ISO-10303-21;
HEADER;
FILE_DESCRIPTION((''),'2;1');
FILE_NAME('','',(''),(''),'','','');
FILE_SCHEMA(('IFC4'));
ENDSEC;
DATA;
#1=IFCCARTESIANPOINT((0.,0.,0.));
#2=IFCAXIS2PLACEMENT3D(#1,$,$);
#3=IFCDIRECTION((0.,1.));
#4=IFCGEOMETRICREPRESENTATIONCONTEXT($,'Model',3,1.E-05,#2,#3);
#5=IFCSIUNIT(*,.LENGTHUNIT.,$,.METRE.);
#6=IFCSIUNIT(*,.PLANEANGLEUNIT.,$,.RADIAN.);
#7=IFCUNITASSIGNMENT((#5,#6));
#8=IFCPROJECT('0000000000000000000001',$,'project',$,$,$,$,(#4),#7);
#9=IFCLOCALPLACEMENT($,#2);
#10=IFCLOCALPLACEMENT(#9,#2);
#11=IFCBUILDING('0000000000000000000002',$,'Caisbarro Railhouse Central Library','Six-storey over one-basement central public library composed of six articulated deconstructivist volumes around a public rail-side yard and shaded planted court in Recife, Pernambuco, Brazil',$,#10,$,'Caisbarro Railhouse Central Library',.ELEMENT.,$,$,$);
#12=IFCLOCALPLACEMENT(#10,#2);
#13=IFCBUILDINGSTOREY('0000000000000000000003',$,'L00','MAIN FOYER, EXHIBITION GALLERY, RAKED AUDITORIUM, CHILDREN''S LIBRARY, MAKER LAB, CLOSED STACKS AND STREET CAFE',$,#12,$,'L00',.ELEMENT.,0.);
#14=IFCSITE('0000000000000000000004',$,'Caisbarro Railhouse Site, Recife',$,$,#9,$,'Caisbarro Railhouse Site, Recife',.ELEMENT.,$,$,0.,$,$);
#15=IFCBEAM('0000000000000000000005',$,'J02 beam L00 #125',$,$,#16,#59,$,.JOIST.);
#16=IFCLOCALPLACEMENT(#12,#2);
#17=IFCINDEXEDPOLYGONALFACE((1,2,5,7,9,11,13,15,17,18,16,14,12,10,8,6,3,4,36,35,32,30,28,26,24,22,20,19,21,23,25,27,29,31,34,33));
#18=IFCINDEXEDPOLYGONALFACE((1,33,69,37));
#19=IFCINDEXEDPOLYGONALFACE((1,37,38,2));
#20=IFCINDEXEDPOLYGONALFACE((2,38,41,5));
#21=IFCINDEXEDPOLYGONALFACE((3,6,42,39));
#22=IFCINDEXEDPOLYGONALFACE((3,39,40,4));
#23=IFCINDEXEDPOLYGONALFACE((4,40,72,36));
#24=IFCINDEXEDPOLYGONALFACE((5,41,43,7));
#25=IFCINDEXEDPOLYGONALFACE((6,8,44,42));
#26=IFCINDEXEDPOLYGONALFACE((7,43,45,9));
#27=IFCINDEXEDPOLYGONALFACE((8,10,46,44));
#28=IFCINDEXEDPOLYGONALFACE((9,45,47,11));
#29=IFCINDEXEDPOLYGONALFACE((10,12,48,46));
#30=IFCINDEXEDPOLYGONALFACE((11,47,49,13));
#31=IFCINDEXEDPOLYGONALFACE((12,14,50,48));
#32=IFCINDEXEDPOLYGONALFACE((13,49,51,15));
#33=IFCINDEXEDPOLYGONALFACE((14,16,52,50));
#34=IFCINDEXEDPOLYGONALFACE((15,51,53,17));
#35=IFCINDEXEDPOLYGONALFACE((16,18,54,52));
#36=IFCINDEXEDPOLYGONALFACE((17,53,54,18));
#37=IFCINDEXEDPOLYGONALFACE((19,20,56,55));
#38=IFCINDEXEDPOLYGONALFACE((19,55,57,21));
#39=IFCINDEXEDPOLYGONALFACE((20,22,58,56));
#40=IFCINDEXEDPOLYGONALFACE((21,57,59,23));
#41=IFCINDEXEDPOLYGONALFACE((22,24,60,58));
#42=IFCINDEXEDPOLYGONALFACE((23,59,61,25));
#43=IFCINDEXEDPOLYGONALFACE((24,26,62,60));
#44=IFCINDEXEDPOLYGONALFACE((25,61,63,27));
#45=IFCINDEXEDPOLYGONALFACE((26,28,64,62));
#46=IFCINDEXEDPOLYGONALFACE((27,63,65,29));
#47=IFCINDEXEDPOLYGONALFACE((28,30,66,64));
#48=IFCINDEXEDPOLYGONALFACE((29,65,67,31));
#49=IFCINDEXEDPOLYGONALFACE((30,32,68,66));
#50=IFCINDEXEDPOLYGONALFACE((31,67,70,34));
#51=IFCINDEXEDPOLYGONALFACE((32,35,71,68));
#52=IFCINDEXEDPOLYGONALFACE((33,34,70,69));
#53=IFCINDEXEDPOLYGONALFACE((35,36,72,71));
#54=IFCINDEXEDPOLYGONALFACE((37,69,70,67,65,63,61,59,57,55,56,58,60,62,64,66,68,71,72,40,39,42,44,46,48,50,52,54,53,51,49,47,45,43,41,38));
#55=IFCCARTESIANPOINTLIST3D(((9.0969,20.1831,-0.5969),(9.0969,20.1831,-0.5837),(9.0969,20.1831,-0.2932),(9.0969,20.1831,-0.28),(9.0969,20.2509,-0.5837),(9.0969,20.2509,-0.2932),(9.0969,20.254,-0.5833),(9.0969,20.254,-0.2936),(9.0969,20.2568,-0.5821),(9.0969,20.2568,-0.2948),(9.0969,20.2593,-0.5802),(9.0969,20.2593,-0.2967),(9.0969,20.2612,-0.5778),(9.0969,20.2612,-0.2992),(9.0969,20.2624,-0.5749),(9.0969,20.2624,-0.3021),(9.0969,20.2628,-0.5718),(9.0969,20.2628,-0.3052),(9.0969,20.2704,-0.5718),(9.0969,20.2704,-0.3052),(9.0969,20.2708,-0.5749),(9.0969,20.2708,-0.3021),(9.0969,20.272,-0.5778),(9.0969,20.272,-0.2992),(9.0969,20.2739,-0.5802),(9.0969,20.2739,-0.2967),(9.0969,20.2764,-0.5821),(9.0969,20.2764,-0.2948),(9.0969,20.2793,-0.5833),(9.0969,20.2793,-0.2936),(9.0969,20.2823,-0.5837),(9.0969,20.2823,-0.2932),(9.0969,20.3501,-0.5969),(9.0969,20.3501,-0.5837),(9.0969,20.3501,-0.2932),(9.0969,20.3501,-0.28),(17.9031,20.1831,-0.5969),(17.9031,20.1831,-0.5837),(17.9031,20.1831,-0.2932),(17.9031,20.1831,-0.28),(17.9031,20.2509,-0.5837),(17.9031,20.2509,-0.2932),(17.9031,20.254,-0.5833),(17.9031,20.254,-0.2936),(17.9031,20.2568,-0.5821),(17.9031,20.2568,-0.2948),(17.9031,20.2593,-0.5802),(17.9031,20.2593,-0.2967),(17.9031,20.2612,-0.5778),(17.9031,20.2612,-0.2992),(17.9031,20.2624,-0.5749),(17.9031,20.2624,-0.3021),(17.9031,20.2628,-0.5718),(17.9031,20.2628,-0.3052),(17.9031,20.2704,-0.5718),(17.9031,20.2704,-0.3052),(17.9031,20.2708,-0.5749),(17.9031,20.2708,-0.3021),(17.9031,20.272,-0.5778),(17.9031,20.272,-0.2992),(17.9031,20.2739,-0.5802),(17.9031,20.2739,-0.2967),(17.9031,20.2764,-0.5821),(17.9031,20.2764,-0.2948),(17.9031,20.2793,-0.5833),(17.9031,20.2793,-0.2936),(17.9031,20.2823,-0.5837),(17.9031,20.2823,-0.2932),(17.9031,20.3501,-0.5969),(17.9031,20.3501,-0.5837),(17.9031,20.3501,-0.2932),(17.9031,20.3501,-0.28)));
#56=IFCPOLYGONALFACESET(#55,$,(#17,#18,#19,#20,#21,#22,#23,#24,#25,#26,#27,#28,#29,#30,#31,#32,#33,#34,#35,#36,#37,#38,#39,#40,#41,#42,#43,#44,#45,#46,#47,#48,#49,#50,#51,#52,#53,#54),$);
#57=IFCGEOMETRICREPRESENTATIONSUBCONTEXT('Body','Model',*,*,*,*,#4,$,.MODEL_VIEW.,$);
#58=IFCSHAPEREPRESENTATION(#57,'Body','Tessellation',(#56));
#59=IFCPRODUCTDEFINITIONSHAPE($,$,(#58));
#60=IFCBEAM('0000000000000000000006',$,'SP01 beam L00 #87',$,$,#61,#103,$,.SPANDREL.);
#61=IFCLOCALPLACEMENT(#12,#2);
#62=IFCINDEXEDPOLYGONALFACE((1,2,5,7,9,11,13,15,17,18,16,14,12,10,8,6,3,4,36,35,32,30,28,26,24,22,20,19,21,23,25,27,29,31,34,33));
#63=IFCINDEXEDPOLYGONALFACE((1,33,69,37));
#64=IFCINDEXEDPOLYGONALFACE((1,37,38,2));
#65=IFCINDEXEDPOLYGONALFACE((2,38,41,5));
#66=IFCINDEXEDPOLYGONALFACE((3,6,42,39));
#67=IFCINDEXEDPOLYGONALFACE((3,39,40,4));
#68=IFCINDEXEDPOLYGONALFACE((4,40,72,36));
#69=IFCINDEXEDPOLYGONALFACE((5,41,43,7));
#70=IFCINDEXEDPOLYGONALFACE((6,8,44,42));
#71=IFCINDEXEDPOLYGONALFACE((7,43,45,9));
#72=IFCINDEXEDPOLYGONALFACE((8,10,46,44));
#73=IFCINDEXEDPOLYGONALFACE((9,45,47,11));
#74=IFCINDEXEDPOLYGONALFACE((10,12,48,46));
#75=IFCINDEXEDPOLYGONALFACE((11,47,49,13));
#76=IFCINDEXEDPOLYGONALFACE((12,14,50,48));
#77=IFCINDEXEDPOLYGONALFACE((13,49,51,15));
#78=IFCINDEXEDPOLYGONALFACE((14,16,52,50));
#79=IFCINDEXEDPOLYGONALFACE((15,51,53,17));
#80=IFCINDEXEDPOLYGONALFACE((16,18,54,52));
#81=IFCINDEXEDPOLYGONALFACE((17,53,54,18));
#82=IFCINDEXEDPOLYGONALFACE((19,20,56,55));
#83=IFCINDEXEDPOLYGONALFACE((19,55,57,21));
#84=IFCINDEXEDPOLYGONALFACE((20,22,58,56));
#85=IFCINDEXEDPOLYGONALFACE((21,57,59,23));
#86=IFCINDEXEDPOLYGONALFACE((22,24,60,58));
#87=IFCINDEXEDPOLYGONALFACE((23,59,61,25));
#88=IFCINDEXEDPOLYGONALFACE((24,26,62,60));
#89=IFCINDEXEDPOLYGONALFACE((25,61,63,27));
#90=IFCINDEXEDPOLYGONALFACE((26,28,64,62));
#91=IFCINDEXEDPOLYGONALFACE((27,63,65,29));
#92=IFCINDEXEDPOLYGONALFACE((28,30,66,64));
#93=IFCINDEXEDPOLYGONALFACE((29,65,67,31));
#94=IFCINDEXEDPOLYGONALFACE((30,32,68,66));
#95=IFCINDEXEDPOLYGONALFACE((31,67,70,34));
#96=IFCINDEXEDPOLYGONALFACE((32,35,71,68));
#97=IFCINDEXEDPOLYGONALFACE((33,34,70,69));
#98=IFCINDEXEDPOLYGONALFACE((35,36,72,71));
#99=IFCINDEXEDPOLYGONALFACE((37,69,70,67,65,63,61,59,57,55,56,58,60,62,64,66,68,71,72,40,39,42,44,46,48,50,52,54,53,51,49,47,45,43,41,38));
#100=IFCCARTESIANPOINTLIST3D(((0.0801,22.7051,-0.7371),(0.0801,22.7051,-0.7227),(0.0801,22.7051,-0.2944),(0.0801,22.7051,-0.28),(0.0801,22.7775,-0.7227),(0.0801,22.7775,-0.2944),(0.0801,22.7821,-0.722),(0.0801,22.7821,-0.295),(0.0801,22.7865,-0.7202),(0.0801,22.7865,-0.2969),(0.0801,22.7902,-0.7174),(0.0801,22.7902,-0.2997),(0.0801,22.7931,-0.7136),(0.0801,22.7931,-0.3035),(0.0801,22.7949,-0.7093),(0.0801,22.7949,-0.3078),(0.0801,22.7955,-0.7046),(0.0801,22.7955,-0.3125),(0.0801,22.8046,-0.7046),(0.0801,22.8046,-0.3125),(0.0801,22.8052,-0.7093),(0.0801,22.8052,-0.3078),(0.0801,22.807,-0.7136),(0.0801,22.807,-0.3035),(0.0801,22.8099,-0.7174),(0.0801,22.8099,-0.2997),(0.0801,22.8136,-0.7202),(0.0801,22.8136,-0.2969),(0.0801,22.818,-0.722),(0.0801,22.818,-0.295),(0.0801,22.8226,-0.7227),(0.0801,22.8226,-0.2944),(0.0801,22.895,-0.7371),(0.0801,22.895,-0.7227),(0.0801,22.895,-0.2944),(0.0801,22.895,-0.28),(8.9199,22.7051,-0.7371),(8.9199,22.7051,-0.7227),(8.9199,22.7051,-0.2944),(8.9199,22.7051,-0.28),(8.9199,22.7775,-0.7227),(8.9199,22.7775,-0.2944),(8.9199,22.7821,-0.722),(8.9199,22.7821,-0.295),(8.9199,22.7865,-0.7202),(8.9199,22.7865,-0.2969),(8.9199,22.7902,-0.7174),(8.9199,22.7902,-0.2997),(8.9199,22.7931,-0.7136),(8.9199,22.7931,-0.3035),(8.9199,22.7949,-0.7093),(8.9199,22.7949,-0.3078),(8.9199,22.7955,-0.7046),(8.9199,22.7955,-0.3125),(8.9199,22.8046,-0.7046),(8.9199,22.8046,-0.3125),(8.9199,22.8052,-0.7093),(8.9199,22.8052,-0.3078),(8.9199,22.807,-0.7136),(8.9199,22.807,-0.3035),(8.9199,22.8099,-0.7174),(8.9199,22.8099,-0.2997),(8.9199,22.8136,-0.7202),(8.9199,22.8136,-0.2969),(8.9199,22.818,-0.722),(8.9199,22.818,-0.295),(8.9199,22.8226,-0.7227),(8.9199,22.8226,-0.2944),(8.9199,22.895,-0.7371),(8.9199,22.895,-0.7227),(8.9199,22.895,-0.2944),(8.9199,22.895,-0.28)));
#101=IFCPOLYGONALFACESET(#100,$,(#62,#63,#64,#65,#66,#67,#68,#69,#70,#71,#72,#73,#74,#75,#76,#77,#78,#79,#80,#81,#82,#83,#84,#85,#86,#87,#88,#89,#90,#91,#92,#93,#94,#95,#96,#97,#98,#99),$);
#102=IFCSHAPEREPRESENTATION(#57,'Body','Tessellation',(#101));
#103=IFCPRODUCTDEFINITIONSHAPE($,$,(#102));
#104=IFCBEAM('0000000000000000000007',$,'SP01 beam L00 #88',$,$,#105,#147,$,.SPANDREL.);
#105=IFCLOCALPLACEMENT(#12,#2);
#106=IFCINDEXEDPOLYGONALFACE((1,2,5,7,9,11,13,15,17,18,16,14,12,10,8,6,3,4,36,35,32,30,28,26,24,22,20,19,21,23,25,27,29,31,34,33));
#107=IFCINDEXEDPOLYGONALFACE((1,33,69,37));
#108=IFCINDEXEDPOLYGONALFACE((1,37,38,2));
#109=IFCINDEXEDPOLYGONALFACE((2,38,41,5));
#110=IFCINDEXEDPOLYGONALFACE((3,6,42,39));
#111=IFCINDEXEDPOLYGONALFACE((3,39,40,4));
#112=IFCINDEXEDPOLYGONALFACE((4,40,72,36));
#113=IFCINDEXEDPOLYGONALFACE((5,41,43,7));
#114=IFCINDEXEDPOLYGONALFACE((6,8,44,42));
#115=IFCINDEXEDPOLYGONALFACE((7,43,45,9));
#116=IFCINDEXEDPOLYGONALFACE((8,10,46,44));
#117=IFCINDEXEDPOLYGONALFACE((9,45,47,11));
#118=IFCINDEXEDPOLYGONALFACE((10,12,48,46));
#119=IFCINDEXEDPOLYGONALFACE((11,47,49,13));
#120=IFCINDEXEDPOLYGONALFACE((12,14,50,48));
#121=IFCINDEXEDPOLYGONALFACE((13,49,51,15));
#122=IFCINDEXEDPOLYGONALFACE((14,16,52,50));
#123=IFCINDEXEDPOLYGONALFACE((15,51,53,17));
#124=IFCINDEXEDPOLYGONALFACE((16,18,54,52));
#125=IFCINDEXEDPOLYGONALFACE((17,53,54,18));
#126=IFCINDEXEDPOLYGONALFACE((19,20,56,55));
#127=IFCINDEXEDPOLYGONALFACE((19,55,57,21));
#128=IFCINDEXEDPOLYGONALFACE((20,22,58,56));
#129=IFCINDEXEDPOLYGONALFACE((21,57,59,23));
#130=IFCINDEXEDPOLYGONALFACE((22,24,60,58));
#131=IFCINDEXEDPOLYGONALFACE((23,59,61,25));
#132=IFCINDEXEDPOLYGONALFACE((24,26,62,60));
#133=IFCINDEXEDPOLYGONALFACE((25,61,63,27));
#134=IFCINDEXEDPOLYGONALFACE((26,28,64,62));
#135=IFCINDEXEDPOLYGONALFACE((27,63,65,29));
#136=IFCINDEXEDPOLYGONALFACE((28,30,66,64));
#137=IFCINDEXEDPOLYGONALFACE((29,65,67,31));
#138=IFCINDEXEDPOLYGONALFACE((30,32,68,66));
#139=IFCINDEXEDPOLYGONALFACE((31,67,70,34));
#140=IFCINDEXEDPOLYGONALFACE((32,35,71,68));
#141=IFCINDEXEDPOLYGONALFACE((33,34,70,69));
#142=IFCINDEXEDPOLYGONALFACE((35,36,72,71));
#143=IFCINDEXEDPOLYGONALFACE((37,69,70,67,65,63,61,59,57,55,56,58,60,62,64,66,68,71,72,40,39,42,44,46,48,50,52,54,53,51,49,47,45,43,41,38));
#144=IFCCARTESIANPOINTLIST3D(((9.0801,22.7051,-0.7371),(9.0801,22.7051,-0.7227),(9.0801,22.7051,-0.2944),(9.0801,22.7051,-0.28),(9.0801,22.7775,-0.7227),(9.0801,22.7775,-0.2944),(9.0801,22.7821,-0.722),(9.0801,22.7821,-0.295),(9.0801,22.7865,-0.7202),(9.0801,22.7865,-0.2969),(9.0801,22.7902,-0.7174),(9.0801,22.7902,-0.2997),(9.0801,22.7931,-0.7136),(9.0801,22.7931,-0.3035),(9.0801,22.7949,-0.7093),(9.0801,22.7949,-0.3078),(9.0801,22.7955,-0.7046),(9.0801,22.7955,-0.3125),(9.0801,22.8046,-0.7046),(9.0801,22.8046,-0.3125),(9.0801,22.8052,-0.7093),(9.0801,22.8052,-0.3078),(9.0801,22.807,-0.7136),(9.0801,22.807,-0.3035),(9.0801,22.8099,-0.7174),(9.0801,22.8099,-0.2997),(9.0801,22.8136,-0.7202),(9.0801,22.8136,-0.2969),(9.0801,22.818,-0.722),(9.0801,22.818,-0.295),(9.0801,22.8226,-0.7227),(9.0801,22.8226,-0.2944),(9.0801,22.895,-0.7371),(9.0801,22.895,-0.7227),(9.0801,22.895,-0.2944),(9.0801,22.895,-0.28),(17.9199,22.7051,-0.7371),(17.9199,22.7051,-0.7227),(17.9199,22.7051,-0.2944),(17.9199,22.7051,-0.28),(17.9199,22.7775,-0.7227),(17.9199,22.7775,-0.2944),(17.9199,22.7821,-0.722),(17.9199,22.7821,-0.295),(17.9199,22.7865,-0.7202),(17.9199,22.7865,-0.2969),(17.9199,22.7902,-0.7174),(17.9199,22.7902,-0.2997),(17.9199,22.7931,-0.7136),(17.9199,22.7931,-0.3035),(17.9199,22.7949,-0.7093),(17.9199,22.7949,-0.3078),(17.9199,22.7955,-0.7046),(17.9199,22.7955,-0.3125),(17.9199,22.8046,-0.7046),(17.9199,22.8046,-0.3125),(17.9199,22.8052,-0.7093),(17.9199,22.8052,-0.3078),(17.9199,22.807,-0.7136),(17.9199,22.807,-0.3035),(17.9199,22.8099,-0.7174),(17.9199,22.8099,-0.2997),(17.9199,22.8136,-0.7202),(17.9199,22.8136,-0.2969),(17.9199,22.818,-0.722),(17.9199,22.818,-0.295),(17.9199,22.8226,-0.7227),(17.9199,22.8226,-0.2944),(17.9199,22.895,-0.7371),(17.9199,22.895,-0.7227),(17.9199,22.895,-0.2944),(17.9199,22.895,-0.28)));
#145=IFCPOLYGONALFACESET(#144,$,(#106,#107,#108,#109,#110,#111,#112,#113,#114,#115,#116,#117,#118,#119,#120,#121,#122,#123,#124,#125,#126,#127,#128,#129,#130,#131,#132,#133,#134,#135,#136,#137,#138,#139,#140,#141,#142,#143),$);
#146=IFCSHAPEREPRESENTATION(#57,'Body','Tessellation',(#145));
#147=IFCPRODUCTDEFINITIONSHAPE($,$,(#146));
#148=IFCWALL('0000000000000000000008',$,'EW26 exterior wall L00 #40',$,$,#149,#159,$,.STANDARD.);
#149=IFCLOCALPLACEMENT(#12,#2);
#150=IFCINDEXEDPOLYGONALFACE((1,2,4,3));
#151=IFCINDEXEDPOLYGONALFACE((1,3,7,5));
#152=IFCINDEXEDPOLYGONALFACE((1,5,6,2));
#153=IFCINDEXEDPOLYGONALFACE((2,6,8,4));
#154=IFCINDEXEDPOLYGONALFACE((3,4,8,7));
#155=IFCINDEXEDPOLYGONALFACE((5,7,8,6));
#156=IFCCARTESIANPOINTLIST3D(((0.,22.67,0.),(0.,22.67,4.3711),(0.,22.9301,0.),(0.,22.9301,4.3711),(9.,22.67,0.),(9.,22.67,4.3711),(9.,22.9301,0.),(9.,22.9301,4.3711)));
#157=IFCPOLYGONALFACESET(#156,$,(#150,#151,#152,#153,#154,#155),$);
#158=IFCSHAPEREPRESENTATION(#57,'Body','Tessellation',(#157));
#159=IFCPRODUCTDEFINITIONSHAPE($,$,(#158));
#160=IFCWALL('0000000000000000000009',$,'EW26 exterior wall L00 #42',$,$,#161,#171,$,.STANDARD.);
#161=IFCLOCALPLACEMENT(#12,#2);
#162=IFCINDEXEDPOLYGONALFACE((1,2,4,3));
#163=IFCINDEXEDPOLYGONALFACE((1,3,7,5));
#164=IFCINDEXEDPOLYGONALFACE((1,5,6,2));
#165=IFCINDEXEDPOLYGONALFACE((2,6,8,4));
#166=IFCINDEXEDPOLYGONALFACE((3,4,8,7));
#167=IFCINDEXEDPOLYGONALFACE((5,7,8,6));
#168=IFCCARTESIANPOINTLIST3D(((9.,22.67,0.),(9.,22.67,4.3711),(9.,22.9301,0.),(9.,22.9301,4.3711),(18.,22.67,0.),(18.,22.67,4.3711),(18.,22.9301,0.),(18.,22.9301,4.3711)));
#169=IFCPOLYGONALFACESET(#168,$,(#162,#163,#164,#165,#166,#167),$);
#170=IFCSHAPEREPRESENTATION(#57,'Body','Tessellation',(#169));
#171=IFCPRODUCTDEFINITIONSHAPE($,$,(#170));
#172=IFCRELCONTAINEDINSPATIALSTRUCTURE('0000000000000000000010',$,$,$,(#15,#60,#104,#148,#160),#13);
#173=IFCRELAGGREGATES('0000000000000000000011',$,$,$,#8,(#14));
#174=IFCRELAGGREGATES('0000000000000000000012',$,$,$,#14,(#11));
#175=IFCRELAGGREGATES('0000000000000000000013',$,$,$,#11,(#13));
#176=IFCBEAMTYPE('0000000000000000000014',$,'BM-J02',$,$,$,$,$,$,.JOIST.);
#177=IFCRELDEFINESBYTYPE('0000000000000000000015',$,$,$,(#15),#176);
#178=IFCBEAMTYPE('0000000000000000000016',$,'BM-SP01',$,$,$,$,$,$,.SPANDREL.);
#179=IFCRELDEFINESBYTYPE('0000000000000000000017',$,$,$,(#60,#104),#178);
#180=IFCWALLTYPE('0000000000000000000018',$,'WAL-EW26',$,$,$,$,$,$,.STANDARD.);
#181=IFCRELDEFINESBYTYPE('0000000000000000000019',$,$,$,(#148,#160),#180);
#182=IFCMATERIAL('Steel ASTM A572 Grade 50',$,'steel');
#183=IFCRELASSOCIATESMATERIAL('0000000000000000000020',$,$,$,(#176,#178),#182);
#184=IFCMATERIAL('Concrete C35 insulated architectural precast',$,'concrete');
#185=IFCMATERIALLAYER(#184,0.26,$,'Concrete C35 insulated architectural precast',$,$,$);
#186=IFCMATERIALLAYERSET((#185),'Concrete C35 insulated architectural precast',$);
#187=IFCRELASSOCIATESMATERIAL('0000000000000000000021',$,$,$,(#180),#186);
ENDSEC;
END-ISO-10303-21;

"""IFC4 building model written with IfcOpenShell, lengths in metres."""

from ifc_helpers import new_model, si_unit, direction, frame, frame_2d, origin, origin_2d, place, context, subcontext, project, spatial, rectangle, i_section, extrude, material, layer, layer_set, material_profile, profile_set, type_object, element, save


model = new_model("IFC4")

# Units and contexts
model_context = context("Model", 3, precision=1e-05, world=origin(), true_north=direction((0.0, 1.0)))
body_context = subcontext(model_context, "Body", "Model", "MODEL_VIEW")
ifc_project = project(units=[si_unit("LENGTHUNIT", "METRE"), si_unit("PLANEANGLEUNIT", "RADIAN")], contexts=[model_context])

# Site, building, storey
site_placement = place(None, origin())
site = spatial("IfcSite", under=ifc_project, at=site_placement, Name="Caisbarro Railhouse Site, Recife", LongName="Caisbarro Railhouse Site, Recife", CompositionType="ELEMENT", RefElevation=0.0)
building_placement = place(site_placement, origin())
building = spatial("IfcBuilding", under=site, at=building_placement, Name="Caisbarro Railhouse Central Library", Description="Six-storey over one-basement central public library composed of six articulated deconstructivist volumes around a public rail-side yard and shaded planted court in Recife, Pernambuco, Brazil", LongName="Caisbarro Railhouse Central Library", CompositionType="ELEMENT")
storey_placement = place(building_placement, origin())
storey = spatial("IfcBuildingStorey", under=building, at=storey_placement, Name="L00", Description="MAIN FOYER, EXHIBITION GALLERY, RAKED AUDITORIUM, CHILDREN'S LIBRARY, MAKER LAB, CLOSED STACKS AND STREET CAFE", LongName="L00", CompositionType="ELEMENT", Elevation=0.0)

# Shared definitions
ifc_material_1 = material(Name="Steel ASTM A572 Grade 50", Category="steel")

# Beams
ifc_material_profile_1 = material_profile(ifc_material_1, i_section(OverallWidth=0.167, OverallDepth=0.3169, WebThickness=0.0076, FlangeThickness=0.0132, FilletRadius=0.012, at=origin_2d()), Name="W310X52.0")
ifc_profile_set_1 = profile_set([ifc_material_profile_1], Name="Steel ASTM A572 Grade 50")
beam_type_1 = type_object("IfcBeamType", Name="BM-J02", PredefinedType="JOIST", material=ifc_profile_set_1)
for number, where, z_axis, x_axis, name in (
    (1, (9.0969, 20.2666, -0.4385), (1.0, 0.0, 0.0), (0.0, 1.0, 0.0), "J02 beam L00 #125"),
):
    element("IfcBeam", number, at=place(storey_placement, frame(where, z_axis=z_axis, x_axis=x_axis)), inside=storey, type_object=beam_type_1, Name=name, PredefinedType="JOIST", context=body_context, shape_type="SweptSolid", body=[
        extrude(i_section(OverallWidth=0.167, OverallDepth=0.3169, WebThickness=0.0076, FlangeThickness=0.0132, FilletRadius=0.012, at=origin_2d()), origin(), (0.0, 0.0, 1.0), 8.8062),
    ])
ifc_material_profile_2 = material_profile(ifc_material_1, i_section(OverallWidth=0.1899, OverallDepth=0.457, WebThickness=0.009, FlangeThickness=0.0144, FilletRadius=0.0181, at=origin_2d()), Name="W460X74.0")
ifc_profile_set_2 = profile_set([ifc_material_profile_2], Name="Steel ASTM A572 Grade 50")
beam_type_2 = type_object("IfcBeamType", Name="BM-SP01", PredefinedType="SPANDREL", material=ifc_profile_set_2)
for number, where, z_axis, x_axis, name in (
    (2, (0.0801, 22.8, -0.5085), (1.0, 0.0, 0.0), (0.0, 1.0, 0.0), "SP01 beam L00 #87"),
    (3, (9.0801, 22.8, -0.5085), (1.0, 0.0, 0.0), (0.0, 1.0, 0.0), "SP01 beam L00 #88"),
):
    element("IfcBeam", number, at=place(storey_placement, frame(where, z_axis=z_axis, x_axis=x_axis)), inside=storey, type_object=beam_type_2, Name=name, PredefinedType="SPANDREL", context=body_context, shape_type="SweptSolid", body=[
        extrude(i_section(OverallWidth=0.1899, OverallDepth=0.457, WebThickness=0.009, FlangeThickness=0.0144, FilletRadius=0.0181, at=origin_2d()), origin(), (0.0, 0.0, 1.0), 8.8398),
    ])

# Walls
ifc_material_2 = material(Name="Concrete C35 insulated architectural precast", Category="concrete")
ifc_layer_1 = layer(ifc_material_2, 0.26, Name="Concrete C35 insulated architectural precast")
ifc_layer_set_1 = layer_set([ifc_layer_1], Name="Concrete C35 insulated architectural precast")
wall_type_1 = type_object("IfcWallType", Name="WAL-EW26", PredefinedType="STANDARD", material=ifc_layer_set_1)
for number, where, z_axis, x_axis, name in (
    (4, (0.0, 22.8, 0.0), (0.0, 0.0, 1.0), (1.0, 0.0, 0.0), "EW26 exterior wall L00 #40"),
    (5, (9.0, 22.8, 0.0), (0.0, 0.0, 1.0), (1.0, 0.0, 0.0), "EW26 exterior wall L00 #42"),
):
    element("IfcWall", number, at=place(storey_placement, frame(where, z_axis=z_axis, x_axis=x_axis)), inside=storey, type_object=wall_type_1, Name=name, PredefinedType="STANDARD", context=body_context, shape_type="SweptSolid", body=[
        extrude(rectangle(XDim=9.0, YDim=0.26, at=frame_2d((4.5, 0.0))), origin(), (0.0, 0.0, 1.0), 4.3711),
    ])

save(model, "model.ifc")
